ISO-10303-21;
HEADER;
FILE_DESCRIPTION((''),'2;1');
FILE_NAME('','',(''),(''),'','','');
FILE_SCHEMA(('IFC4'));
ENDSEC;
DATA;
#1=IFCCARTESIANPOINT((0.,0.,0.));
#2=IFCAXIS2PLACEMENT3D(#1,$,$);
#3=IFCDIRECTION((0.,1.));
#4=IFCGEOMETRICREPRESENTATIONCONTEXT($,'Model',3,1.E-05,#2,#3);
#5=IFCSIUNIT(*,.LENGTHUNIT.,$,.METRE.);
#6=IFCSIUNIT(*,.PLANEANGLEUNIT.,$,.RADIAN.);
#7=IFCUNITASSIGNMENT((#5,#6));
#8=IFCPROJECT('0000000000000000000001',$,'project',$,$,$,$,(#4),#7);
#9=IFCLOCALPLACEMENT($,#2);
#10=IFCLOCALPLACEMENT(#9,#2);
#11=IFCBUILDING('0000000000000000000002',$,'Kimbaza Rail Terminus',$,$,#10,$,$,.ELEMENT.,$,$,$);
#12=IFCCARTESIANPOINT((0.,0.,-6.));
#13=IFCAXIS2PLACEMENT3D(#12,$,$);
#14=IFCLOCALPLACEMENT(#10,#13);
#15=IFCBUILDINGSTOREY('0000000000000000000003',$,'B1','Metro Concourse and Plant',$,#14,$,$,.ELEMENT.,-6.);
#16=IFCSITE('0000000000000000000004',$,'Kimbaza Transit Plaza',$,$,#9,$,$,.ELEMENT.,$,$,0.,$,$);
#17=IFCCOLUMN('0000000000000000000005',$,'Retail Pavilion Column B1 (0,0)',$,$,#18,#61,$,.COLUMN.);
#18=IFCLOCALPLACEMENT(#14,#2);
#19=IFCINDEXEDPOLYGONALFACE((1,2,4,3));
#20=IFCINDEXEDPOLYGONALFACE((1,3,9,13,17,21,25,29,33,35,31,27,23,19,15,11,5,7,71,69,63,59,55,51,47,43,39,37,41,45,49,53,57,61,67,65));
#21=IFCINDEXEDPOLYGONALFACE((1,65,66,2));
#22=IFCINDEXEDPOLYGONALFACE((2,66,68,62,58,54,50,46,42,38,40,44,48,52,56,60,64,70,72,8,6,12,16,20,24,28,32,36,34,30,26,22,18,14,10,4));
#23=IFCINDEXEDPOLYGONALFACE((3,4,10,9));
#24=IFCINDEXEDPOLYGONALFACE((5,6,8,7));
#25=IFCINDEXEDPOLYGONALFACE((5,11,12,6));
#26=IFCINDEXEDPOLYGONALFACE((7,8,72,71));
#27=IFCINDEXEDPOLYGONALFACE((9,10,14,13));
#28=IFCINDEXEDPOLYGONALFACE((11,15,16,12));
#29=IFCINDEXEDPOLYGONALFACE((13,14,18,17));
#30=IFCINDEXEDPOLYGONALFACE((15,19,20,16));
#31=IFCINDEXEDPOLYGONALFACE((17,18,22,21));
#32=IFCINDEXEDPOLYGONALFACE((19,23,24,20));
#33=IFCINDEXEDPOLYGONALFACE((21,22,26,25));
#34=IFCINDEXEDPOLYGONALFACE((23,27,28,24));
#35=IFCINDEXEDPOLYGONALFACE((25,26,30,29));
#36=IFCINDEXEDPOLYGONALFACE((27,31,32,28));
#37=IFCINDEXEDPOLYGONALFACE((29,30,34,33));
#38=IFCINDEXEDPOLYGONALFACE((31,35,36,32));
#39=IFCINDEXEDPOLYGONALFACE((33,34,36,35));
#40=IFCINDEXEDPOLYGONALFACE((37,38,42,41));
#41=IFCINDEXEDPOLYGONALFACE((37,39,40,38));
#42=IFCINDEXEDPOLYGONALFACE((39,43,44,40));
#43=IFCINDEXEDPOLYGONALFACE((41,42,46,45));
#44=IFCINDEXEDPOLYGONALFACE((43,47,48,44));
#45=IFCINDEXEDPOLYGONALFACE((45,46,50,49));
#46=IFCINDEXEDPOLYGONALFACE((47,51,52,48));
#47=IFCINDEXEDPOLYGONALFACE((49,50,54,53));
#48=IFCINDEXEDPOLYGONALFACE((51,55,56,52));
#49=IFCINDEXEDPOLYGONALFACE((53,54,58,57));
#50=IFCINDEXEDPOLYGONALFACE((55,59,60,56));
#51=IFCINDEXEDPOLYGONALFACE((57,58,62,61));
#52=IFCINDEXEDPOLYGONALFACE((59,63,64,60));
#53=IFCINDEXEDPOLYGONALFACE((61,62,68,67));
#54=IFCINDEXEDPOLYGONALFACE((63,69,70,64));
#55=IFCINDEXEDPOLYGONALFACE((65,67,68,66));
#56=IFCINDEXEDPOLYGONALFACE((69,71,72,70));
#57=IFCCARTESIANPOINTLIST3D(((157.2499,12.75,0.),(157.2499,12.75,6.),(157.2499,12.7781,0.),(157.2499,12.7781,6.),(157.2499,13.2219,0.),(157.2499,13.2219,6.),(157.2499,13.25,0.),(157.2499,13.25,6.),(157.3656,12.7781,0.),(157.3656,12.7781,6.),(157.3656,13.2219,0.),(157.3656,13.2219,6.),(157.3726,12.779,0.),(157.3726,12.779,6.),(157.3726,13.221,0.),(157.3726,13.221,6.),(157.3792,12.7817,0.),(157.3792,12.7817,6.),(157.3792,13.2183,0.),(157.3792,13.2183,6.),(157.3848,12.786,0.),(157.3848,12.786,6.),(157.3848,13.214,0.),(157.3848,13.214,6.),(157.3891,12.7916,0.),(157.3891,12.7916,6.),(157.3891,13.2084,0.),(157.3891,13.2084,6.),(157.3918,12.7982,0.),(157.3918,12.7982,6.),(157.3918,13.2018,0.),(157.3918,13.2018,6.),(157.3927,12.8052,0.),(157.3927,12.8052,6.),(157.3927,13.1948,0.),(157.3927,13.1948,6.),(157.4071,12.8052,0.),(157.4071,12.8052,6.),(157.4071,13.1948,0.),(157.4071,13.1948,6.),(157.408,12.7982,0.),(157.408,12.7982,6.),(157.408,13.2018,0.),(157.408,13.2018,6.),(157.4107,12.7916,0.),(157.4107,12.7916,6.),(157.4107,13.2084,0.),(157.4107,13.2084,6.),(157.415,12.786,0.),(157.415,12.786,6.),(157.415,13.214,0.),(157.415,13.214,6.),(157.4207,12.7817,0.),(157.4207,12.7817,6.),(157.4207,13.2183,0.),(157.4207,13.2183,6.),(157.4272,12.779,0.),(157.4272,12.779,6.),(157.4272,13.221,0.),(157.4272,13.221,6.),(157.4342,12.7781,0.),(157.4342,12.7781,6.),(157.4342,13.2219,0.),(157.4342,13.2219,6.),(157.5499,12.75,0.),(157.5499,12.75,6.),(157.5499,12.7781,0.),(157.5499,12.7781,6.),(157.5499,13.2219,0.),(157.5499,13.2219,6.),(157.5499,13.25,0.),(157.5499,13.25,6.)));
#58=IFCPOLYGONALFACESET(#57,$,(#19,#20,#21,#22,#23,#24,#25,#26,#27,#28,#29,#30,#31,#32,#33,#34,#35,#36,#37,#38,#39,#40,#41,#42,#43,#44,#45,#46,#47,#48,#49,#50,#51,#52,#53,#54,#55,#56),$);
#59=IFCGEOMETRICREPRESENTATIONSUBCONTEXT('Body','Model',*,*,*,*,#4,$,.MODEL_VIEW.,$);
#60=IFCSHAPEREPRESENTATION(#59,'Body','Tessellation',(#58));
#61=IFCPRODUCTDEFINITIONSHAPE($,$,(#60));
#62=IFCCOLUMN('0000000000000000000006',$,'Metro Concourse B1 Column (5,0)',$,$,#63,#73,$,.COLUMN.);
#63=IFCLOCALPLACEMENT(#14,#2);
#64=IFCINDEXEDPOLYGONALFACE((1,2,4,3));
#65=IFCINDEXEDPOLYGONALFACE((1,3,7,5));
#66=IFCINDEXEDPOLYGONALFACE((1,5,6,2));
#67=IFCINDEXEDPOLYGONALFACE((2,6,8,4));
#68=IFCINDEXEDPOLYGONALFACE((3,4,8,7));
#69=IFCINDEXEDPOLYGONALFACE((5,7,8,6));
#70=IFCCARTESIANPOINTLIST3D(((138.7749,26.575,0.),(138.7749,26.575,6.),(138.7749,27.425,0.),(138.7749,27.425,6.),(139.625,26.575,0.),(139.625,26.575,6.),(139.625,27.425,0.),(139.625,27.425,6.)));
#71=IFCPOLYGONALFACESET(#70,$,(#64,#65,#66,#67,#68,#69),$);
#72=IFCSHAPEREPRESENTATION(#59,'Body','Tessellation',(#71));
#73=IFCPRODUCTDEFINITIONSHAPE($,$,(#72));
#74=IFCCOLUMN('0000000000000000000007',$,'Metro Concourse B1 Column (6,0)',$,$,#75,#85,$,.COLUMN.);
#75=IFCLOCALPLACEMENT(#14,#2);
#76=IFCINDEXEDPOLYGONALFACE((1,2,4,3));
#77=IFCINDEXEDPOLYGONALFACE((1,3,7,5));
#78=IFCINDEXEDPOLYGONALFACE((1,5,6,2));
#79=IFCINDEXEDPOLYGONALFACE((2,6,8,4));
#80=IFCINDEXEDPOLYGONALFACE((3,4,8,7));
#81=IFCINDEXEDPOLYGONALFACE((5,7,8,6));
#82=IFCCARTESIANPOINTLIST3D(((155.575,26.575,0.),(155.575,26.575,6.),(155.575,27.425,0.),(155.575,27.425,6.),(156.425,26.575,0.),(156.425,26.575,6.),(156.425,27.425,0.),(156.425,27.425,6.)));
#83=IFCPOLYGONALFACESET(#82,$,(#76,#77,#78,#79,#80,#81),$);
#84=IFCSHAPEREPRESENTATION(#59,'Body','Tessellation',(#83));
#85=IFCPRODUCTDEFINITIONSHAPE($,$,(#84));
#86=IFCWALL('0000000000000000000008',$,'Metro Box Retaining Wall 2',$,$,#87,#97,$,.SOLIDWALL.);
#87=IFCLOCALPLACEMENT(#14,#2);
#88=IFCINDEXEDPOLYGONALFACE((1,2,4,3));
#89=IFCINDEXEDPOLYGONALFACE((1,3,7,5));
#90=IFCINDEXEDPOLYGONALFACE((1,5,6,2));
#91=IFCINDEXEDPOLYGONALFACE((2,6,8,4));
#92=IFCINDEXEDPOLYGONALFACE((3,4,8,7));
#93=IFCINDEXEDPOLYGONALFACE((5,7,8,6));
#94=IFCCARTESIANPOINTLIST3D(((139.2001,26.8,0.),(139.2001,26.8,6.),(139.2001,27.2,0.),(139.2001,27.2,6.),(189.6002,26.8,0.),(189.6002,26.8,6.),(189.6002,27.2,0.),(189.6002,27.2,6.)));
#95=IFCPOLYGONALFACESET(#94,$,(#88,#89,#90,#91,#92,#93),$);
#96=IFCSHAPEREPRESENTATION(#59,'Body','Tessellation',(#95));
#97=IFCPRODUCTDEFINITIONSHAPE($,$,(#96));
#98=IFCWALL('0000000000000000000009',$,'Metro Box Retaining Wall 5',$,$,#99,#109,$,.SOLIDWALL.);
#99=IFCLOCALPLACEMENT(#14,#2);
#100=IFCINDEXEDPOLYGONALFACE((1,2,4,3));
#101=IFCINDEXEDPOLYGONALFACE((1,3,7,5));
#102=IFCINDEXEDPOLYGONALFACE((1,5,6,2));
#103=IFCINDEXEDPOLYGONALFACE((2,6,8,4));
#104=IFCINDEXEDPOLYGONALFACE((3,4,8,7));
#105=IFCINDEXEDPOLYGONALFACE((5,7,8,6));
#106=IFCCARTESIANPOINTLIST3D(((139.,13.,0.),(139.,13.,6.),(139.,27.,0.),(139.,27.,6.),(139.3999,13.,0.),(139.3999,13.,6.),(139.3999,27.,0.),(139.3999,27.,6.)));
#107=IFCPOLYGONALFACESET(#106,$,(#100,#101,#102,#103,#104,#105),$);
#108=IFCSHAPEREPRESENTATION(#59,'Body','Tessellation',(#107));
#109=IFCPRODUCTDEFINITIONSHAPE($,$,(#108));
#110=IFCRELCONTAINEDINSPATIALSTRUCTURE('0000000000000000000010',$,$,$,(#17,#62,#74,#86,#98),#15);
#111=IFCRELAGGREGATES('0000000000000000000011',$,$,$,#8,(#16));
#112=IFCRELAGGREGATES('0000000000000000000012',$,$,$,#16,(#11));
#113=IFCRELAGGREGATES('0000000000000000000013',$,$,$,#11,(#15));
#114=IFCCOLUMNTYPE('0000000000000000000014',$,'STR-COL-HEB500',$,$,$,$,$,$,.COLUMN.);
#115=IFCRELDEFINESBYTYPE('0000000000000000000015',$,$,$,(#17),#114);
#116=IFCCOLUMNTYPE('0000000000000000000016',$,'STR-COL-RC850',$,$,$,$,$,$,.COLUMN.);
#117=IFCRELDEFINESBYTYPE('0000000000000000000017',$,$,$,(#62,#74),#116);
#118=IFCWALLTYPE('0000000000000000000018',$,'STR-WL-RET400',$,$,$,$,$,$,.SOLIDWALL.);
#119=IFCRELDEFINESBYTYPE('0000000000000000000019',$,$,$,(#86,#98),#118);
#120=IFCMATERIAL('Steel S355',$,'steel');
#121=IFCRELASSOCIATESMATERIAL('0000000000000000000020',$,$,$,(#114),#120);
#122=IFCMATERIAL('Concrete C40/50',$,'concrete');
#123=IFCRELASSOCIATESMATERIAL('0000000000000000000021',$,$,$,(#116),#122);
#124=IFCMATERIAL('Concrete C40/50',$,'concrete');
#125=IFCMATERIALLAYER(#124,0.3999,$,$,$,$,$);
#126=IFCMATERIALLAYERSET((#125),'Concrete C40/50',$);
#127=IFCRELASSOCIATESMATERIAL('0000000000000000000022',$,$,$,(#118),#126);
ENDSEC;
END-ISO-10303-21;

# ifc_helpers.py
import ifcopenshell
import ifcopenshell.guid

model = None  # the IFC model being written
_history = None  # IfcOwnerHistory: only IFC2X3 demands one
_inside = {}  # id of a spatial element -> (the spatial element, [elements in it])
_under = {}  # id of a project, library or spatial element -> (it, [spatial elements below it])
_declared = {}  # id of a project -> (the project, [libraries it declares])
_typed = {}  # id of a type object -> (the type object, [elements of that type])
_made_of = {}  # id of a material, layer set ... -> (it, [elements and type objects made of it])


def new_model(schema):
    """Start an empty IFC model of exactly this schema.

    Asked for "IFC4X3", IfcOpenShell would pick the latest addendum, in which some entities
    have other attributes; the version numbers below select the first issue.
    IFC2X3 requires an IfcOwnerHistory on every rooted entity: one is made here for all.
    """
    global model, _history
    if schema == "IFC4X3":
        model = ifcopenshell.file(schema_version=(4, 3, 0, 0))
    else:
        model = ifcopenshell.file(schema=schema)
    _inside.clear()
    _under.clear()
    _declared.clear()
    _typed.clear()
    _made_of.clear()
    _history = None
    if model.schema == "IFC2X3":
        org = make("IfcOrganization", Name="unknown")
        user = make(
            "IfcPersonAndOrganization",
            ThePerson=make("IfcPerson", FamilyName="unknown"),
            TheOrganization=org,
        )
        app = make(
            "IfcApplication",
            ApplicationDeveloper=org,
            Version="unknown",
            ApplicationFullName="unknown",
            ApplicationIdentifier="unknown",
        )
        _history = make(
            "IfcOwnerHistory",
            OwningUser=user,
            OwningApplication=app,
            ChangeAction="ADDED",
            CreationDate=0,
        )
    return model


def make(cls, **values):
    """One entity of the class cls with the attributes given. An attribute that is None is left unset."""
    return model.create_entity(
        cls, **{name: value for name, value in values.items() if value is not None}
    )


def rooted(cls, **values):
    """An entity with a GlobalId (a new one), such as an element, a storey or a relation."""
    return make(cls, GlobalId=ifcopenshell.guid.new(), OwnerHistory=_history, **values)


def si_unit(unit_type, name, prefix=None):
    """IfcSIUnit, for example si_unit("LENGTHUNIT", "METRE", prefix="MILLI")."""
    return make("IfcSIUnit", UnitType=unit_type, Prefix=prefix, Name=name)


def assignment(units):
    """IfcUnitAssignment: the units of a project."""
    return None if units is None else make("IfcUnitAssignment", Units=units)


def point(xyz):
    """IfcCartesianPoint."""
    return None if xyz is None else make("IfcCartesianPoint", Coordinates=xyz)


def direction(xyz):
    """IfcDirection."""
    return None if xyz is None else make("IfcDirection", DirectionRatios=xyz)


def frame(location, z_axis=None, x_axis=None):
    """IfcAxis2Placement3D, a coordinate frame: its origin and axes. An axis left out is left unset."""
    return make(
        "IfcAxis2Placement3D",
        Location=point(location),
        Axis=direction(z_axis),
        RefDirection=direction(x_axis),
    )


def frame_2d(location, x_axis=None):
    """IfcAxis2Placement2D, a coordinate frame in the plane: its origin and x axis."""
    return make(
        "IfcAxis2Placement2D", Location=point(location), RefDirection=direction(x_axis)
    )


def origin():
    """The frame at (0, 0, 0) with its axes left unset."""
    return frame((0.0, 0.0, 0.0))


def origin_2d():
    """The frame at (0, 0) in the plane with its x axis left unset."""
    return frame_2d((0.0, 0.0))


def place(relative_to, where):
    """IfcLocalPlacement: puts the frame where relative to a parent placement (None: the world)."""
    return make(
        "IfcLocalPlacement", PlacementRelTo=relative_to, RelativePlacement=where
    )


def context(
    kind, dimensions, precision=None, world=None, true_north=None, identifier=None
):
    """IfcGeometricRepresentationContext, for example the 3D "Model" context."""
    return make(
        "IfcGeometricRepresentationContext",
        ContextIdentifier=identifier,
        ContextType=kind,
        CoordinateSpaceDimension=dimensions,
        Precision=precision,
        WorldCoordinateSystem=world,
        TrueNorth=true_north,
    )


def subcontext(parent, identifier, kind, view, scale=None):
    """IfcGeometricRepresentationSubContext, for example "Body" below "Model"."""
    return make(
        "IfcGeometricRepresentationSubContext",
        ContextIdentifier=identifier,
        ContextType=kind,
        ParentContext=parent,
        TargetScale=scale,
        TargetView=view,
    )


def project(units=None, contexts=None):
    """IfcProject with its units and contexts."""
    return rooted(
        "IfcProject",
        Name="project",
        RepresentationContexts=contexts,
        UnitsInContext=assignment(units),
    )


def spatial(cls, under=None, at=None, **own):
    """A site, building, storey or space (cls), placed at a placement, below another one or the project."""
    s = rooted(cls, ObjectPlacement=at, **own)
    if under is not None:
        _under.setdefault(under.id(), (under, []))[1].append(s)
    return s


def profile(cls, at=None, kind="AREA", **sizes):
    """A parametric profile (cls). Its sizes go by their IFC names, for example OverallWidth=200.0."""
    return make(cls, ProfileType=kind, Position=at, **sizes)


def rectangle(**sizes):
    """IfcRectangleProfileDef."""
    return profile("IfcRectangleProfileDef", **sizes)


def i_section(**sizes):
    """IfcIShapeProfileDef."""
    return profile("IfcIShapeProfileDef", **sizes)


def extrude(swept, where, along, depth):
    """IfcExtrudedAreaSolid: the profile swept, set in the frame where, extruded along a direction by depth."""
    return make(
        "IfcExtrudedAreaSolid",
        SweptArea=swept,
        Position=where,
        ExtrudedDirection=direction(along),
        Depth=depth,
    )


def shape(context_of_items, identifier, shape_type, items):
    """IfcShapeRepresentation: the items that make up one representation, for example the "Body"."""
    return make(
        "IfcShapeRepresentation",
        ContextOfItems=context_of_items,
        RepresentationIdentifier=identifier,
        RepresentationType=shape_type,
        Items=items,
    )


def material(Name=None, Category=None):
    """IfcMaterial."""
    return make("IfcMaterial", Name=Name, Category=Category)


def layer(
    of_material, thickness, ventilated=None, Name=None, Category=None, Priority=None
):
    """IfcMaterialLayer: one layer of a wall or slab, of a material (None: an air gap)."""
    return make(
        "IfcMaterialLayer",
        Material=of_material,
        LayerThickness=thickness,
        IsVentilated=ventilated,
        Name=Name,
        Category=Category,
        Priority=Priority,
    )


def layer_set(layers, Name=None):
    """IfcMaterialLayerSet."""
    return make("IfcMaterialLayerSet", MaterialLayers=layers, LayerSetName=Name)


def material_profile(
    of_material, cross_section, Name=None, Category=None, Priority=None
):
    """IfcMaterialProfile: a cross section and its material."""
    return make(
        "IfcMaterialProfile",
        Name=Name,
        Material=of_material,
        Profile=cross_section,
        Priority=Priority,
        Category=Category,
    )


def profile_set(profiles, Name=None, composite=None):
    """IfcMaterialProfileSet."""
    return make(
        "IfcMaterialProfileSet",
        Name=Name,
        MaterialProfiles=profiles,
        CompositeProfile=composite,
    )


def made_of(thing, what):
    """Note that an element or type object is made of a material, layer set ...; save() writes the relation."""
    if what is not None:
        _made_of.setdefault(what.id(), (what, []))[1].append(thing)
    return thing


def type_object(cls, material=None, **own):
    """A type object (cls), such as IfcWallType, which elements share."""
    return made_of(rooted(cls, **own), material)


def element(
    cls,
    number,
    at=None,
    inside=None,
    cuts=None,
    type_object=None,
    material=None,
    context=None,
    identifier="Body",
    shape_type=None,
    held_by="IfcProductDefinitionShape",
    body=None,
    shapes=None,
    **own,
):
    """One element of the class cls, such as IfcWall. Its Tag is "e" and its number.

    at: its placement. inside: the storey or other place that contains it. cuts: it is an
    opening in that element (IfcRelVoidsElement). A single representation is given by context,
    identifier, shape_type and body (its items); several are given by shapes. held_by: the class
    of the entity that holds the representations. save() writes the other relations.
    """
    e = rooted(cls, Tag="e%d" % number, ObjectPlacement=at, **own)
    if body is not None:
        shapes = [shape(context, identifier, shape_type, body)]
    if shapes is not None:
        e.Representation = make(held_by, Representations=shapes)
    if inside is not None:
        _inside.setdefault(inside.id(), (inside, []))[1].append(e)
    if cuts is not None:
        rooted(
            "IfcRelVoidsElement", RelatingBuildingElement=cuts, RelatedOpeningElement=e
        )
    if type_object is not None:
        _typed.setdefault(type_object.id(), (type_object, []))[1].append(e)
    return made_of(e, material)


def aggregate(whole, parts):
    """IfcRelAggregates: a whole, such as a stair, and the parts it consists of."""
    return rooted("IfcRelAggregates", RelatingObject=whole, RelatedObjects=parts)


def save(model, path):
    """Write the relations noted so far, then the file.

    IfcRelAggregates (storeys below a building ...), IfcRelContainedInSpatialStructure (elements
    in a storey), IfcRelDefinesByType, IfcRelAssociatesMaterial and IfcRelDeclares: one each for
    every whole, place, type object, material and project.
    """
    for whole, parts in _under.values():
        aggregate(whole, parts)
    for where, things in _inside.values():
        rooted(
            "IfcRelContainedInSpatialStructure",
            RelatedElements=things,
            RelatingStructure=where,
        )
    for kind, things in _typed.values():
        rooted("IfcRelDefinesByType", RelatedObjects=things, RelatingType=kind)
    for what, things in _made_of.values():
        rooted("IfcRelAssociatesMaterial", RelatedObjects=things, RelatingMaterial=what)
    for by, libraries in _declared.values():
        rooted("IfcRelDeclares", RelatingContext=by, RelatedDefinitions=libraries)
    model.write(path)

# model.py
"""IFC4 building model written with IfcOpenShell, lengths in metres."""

from ifc_helpers import new_model, si_unit, direction, frame, frame_2d, origin, origin_2d, place, context, subcontext, project, spatial, rectangle, i_section, extrude, material, layer, layer_set, material_profile, profile_set, type_object, element, save


model = new_model("IFC4")

# Units and contexts
model_context = context("Model", 3, precision=1e-05, world=origin(), true_north=direction((0.0, 1.0)))
body_context = subcontext(model_context, "Body", "Model", "MODEL_VIEW")
ifc_project = project(units=[si_unit("LENGTHUNIT", "METRE"), si_unit("PLANEANGLEUNIT", "RADIAN")], contexts=[model_context])

# Site, building, storey
site_placement = place(None, origin())
site = spatial("IfcSite", under=ifc_project, at=site_placement, Name="Kimbaza Transit Plaza", CompositionType="ELEMENT", RefElevation=0.0)
building_placement = place(site_placement, origin())
building = spatial("IfcBuilding", under=site, at=building_placement, Name="Kimbaza Rail Terminus", CompositionType="ELEMENT")
storey_placement = place(building_placement, frame((0.0, 0.0, -6.0)))
storey = spatial("IfcBuildingStorey", under=building, at=storey_placement, Name="B1", Description="Metro Concourse and Plant", CompositionType="ELEMENT", Elevation=-6.0)

# Columns
ifc_material_1 = material(Name="Steel S355", Category="steel")
ifc_material_profile_1 = material_profile(ifc_material_1, i_section(OverallWidth=0.3, OverallDepth=0.5, WebThickness=0.0144, FlangeThickness=0.0281, FilletRadius=0.0271, at=origin_2d()), Name="HEB 500")
ifc_profile_set_1 = profile_set([ifc_material_profile_1], Name="Steel S355")
column_type_1 = type_object("IfcColumnType", Name="STR-COL-HEB500", PredefinedType="COLUMN", material=ifc_profile_set_1)
column_placement = place(storey_placement, frame((157.3999, 13.0, 0.0), z_axis=(0.0, 0.0, 1.0), x_axis=(1.0, 0.0, 0.0)))
element("IfcColumn", 1, at=column_placement, inside=storey, type_object=column_type_1, Name="Retail Pavilion Column B1 (0,0)", PredefinedType="COLUMN", context=body_context, shape_type="SweptSolid", body=[
    extrude(i_section(OverallWidth=0.3, OverallDepth=0.5, WebThickness=0.0144, FlangeThickness=0.0281, FilletRadius=0.0271, at=origin_2d()), origin(), (0.0, 0.0, 1.0), 6.0),
])
ifc_material_2 = material(Name="Concrete C40/50", Category="concrete")
ifc_material_profile_2 = material_profile(ifc_material_2, rectangle(XDim=0.8501, YDim=0.8501, at=origin_2d()), Name="RC 850x850")
ifc_profile_set_2 = profile_set([ifc_material_profile_2], Name="Concrete C40/50")
column_type_2 = type_object("IfcColumnType", Name="STR-COL-RC850", PredefinedType="COLUMN", material=ifc_profile_set_2)
for number, where, z_axis, x_axis, name in (
    (2, (139.2, 27.0, 0.0), (0.0, 0.0, 1.0), (1.0, 0.0, 0.0), "Metro Concourse B1 Column (5,0)"),
    (3, (156.0, 27.0, 0.0), (0.0, 0.0, 1.0), (1.0, 0.0, 0.0), "Metro Concourse B1 Column (6,0)"),
):
    element("IfcColumn", number, at=place(storey_placement, frame(where, z_axis=z_axis, x_axis=x_axis)), inside=storey, type_object=column_type_2, Name=name, PredefinedType="COLUMN", context=body_context, shape_type="SweptSolid", body=[
        extrude(rectangle(XDim=0.8501, YDim=0.8501, at=origin_2d()), origin(), (0.0, 0.0, 1.0), 6.0),
    ])

# Walls
ifc_material_3 = material(Name="Concrete C40/50", Category="concrete")
ifc_layer = layer(ifc_material_3, 0.3999)
ifc_layer_set = layer_set([ifc_layer], Name="Concrete C40/50")
wall_type = type_object("IfcWallType", Name="STR-WL-RET400", PredefinedType="SOLIDWALL", material=ifc_layer_set)
wall_1_placement = place(storey_placement, frame((139.2, 27.0, 0.0), z_axis=(0.0, 0.0, 1.0), x_axis=(1.0, 0.0, 0.0)))
element("IfcWall", 4, at=wall_1_placement, inside=storey, type_object=wall_type, Name="Metro Box Retaining Wall 2", PredefinedType="SOLIDWALL", context=body_context, shape_type="SweptSolid", body=[
    extrude(rectangle(XDim=50.4001, YDim=0.3999, at=frame_2d((25.2002, 0.0))), origin(), (0.0, 0.0, 1.0), 6.0),
])
wall_2_placement = place(storey_placement, frame((139.2, 13.0, 0.0), z_axis=(0.0, 0.0, 1.0), x_axis=(0.0, 1.0, 0.0)))
element("IfcWall", 5, at=wall_2_placement, inside=storey, type_object=wall_type, Name="Metro Box Retaining Wall 5", PredefinedType="SOLIDWALL", context=body_context, shape_type="SweptSolid", body=[
    extrude(rectangle(XDim=14.0, YDim=0.3999, at=frame_2d((7.0, 0.0))), origin(), (0.0, 0.0, 1.0), 6.0),
])

save(model, "model.ifc")
